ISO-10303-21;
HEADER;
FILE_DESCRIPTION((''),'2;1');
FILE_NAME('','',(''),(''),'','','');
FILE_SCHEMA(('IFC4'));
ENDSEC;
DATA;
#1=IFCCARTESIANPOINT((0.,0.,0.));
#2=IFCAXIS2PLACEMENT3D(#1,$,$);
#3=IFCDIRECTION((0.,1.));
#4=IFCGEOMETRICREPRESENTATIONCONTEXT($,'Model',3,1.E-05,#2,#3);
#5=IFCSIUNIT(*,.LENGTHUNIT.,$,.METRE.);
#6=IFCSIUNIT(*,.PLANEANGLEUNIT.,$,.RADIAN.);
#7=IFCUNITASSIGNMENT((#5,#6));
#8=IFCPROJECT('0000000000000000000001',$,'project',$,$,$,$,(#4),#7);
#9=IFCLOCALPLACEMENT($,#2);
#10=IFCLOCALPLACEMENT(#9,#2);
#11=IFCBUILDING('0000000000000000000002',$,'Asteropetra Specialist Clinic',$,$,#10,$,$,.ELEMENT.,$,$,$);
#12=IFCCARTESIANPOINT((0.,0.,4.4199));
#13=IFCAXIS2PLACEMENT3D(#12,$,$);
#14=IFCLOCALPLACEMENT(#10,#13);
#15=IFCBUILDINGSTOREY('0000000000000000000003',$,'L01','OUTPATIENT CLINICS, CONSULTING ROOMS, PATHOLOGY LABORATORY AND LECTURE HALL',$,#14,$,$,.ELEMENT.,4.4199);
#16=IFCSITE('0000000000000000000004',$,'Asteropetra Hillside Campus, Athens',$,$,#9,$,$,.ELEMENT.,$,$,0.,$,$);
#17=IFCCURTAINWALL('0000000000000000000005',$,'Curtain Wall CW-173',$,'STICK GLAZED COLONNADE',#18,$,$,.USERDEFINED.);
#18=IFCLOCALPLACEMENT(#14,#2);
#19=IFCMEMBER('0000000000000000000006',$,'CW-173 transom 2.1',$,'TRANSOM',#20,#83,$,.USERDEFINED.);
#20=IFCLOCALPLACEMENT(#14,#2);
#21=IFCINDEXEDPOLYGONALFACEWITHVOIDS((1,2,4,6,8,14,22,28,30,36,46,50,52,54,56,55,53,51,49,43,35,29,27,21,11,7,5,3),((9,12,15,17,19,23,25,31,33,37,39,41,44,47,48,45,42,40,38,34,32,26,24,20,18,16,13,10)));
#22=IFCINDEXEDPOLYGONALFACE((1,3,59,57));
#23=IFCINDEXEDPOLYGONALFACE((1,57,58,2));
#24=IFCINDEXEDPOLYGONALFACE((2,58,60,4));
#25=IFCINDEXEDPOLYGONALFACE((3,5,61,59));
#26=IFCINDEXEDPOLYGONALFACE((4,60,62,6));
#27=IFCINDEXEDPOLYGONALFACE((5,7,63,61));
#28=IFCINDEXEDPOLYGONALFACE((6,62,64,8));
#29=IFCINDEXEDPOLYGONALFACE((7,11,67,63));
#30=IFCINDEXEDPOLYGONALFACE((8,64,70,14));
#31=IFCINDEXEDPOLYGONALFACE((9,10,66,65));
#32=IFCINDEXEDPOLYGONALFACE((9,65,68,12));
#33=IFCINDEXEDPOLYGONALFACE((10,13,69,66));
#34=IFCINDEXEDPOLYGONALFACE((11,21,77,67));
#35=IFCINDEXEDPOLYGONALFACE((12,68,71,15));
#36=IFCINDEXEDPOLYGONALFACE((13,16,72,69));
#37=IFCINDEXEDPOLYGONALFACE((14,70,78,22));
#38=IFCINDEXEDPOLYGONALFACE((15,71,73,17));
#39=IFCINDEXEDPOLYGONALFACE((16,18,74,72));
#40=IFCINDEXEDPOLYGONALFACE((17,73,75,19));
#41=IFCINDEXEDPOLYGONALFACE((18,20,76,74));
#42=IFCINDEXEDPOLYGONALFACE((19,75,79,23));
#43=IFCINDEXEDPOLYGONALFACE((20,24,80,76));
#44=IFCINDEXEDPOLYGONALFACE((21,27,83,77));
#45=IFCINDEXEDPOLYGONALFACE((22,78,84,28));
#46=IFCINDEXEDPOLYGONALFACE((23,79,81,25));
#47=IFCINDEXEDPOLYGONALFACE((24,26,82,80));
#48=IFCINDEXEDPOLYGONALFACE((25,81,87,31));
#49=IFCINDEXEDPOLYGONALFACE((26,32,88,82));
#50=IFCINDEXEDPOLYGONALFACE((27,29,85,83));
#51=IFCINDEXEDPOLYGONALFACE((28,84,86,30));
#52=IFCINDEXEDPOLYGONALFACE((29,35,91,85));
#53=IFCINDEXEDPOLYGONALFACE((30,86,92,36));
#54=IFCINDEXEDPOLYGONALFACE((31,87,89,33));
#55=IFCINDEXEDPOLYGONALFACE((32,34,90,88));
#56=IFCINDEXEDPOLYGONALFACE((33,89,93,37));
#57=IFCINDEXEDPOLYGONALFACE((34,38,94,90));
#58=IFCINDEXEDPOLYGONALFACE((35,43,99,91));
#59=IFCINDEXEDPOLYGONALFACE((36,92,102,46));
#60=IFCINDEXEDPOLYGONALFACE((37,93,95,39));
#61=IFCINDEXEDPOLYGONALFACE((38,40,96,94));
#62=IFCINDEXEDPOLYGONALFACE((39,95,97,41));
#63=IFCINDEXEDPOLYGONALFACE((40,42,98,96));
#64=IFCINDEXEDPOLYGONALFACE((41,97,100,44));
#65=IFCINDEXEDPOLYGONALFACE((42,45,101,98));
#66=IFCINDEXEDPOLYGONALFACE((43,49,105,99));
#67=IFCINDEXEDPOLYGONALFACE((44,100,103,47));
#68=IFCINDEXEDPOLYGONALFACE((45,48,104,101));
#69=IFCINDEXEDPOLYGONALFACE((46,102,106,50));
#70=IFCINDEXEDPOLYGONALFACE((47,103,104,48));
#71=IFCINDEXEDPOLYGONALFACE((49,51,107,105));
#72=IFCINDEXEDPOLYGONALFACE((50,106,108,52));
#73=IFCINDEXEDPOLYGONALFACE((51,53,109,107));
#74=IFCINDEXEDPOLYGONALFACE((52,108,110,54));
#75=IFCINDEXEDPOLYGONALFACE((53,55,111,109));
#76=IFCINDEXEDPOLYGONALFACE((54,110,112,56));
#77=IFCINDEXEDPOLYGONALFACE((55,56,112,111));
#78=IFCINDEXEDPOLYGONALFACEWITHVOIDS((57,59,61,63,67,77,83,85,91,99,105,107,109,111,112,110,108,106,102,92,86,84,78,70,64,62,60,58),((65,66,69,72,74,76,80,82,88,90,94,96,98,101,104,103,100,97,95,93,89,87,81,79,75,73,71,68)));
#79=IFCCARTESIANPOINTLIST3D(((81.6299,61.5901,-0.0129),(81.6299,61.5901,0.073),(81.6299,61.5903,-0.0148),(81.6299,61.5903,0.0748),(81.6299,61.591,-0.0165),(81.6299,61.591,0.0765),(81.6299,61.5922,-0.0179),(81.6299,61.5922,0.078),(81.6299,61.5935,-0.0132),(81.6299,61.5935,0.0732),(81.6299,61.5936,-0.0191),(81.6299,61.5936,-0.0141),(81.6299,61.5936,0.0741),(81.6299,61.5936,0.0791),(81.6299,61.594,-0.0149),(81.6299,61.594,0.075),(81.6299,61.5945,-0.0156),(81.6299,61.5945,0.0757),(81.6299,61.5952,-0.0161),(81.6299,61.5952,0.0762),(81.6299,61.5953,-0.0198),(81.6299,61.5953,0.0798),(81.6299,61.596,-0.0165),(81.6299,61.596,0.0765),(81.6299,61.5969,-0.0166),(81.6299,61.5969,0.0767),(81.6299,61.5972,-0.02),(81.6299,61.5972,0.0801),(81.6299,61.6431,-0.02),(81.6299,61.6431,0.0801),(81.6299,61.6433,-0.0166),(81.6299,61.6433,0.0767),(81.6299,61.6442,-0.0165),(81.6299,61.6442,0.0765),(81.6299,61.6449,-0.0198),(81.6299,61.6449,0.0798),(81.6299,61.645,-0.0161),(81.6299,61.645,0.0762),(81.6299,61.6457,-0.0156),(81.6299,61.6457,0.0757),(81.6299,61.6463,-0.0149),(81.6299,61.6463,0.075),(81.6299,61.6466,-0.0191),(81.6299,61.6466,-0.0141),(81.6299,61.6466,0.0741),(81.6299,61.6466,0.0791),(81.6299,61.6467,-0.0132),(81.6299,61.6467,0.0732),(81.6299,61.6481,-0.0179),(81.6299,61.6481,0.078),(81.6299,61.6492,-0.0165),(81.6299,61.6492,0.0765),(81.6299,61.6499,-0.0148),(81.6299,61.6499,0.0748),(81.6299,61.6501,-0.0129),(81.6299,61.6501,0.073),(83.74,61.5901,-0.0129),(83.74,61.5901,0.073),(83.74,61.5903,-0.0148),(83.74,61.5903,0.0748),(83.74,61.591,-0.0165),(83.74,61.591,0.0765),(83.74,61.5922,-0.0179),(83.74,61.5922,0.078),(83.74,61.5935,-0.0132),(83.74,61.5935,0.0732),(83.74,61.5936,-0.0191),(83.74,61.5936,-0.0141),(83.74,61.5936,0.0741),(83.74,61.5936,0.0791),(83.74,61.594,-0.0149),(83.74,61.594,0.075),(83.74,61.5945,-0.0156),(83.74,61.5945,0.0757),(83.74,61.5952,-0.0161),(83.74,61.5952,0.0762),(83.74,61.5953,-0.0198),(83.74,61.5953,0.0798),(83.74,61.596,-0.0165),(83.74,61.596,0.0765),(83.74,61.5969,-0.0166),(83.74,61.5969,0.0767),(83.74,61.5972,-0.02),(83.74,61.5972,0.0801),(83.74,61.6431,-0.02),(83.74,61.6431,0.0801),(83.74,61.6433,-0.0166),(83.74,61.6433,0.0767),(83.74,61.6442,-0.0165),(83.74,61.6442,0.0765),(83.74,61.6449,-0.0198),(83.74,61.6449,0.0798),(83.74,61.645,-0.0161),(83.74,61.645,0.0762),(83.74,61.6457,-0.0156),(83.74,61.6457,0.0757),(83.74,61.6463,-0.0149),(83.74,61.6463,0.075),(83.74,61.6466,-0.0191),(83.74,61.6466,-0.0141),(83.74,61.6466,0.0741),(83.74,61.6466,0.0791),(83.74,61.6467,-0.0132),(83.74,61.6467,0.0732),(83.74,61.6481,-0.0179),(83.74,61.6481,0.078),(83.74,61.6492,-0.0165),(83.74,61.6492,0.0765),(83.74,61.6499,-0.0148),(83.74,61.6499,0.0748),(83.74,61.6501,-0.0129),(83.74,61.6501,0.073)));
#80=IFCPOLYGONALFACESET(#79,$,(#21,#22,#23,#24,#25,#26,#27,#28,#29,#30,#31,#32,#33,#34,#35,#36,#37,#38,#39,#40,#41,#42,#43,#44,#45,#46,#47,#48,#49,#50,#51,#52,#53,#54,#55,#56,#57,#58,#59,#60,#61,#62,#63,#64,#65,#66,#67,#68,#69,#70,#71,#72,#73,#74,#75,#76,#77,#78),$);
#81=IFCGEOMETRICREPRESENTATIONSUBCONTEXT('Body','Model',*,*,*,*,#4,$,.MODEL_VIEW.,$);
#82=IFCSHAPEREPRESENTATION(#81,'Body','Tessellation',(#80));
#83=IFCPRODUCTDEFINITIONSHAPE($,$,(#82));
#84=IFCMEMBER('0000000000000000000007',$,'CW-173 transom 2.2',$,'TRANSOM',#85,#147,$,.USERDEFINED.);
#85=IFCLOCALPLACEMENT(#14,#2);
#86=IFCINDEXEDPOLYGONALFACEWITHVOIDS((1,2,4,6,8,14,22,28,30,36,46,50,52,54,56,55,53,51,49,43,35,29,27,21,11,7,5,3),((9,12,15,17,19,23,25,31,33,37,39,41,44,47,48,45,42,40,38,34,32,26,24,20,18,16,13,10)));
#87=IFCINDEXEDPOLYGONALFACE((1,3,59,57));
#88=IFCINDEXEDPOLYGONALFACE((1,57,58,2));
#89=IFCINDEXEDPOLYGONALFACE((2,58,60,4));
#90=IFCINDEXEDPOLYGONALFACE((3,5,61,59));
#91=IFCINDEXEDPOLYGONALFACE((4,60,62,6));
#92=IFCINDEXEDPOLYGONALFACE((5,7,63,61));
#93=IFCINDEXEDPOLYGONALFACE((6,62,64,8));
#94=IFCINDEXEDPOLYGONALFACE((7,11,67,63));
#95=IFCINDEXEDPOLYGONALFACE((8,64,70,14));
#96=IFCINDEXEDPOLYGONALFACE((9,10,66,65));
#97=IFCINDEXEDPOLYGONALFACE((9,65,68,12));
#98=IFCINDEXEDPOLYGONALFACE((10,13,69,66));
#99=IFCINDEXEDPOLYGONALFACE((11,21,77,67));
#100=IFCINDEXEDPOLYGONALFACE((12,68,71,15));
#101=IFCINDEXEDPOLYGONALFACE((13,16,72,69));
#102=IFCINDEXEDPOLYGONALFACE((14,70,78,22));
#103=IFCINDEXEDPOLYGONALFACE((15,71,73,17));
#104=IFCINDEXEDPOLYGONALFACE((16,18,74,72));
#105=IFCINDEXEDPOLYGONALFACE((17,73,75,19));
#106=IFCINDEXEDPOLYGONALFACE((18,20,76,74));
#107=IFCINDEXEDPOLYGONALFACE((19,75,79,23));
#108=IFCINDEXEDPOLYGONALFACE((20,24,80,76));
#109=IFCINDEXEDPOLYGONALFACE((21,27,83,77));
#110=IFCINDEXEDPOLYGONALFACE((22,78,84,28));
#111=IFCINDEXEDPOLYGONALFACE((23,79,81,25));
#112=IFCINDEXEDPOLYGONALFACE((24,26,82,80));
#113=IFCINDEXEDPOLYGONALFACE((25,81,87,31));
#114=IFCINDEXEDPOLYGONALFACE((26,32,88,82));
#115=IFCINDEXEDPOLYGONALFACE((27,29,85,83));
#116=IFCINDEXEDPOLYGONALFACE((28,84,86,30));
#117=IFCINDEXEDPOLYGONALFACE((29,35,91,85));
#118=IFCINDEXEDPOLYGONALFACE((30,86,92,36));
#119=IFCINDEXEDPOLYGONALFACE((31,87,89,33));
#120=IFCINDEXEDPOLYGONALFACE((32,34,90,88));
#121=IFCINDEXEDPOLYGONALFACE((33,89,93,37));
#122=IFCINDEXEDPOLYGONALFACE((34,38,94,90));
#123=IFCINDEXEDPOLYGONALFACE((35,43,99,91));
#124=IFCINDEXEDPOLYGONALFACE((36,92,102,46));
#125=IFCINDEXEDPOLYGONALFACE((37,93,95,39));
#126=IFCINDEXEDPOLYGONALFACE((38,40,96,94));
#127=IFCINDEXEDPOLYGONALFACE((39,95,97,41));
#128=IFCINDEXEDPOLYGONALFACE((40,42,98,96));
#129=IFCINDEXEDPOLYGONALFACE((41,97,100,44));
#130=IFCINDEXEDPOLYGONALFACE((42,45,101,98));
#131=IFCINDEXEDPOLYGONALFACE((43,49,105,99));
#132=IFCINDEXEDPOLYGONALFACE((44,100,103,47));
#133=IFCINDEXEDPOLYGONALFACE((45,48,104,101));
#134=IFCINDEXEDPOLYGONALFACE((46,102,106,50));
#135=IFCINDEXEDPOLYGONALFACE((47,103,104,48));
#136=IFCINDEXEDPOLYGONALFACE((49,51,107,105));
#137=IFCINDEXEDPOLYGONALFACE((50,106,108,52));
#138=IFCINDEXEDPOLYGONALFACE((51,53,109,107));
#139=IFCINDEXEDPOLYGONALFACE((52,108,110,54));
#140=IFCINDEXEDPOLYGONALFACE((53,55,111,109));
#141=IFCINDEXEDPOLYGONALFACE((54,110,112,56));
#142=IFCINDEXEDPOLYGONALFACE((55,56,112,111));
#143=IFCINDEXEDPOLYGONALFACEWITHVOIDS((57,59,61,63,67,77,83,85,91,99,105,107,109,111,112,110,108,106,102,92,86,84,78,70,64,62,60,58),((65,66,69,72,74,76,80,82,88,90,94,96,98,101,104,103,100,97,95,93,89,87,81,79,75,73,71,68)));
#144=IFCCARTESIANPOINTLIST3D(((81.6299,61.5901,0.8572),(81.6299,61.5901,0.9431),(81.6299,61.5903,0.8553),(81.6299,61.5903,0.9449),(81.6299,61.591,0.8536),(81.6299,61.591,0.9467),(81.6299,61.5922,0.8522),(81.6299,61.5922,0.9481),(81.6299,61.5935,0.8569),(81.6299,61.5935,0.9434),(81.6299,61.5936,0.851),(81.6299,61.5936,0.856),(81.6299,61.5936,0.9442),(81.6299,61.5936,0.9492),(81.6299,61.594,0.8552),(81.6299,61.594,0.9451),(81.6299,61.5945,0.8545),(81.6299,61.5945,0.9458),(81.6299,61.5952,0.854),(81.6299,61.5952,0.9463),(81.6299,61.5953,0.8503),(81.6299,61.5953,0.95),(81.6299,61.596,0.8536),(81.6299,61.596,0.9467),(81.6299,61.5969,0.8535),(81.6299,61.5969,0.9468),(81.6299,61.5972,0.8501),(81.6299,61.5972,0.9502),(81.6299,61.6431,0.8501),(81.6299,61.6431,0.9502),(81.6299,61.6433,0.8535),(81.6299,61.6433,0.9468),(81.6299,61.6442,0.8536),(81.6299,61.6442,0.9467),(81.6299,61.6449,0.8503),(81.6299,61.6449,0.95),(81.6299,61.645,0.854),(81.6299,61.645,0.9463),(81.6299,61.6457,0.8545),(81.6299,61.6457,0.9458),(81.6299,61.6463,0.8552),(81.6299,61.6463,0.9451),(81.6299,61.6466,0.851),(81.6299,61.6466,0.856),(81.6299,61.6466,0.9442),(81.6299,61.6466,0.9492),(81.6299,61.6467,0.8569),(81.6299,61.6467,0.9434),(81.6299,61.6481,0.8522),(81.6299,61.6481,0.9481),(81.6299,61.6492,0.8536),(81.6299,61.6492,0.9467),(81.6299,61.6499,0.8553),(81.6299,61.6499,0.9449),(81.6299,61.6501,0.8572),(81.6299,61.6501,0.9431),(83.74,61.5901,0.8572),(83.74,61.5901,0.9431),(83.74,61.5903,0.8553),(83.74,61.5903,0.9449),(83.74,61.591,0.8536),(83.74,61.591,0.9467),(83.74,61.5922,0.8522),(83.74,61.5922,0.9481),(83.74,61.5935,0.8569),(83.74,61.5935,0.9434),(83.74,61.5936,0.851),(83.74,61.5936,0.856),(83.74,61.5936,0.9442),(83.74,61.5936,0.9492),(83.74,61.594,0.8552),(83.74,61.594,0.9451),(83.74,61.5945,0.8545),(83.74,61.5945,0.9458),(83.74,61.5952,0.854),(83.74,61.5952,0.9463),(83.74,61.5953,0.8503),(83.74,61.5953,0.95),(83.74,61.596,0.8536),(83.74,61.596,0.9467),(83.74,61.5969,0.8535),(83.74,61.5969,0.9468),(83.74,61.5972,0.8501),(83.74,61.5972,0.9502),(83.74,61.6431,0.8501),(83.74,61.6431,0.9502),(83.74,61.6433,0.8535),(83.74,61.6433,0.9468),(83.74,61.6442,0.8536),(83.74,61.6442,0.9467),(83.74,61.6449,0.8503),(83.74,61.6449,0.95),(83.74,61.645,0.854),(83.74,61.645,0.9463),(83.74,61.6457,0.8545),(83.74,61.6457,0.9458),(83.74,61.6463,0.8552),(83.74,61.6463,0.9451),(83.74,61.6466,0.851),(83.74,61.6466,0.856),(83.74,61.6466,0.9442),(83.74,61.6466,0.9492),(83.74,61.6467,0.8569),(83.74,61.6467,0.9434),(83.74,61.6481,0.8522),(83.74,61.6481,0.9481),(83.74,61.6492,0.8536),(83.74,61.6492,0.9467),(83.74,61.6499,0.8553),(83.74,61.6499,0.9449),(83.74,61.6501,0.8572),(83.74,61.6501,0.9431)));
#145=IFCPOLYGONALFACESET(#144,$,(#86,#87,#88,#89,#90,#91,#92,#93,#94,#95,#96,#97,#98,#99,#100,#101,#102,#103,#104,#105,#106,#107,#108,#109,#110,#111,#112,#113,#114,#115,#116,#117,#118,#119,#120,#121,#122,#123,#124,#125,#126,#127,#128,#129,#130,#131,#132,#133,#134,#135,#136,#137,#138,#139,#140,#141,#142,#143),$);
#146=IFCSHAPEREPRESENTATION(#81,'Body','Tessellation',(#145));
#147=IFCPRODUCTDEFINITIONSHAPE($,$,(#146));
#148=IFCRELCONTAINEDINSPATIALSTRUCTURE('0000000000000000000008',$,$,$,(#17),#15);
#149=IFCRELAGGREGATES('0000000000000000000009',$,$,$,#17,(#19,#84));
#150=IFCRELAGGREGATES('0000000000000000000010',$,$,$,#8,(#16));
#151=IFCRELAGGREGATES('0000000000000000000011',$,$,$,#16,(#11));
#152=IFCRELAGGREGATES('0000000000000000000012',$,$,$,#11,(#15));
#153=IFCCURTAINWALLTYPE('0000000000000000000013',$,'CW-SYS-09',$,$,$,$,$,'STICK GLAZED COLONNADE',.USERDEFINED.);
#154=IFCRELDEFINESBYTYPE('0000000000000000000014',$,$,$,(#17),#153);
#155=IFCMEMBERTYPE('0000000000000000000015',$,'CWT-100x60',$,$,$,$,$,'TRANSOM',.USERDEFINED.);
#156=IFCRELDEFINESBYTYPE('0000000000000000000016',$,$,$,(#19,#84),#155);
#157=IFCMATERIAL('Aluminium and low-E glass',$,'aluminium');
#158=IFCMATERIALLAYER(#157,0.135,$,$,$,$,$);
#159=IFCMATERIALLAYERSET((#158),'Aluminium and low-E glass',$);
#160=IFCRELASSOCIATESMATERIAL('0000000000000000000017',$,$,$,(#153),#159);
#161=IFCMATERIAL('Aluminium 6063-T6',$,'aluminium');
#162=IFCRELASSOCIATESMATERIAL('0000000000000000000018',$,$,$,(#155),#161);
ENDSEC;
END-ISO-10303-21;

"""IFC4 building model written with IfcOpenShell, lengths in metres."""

from ifc_helpers import new_model, si_unit, direction, frame, origin, origin_2d, place, context, subcontext, project, spatial, hollow_rectangle, extrude, material, layer, layer_set, material_profile, profile_set, type_object, element, aggregate, save


model = new_model("IFC4")

# Units and contexts
model_context = context("Model", 3, precision=1e-05, world=origin(), true_north=direction((0.0, 1.0)))
body_context = subcontext(model_context, "Body", "Model", "MODEL_VIEW")
ifc_project = project(units=[si_unit("LENGTHUNIT", "METRE"), si_unit("PLANEANGLEUNIT", "RADIAN")], contexts=[model_context])

# Site, building, storey
site_placement = place(None, origin())
site = spatial("IfcSite", under=ifc_project, at=site_placement, Name="Asteropetra Hillside Campus, Athens", CompositionType="ELEMENT", RefElevation=0.0)
building_placement = place(site_placement, origin())
building = spatial("IfcBuilding", under=site, at=building_placement, Name="Asteropetra Specialist Clinic", CompositionType="ELEMENT")
storey_placement = place(building_placement, frame((0.0, 0.0, 4.4199)))
storey = spatial("IfcBuildingStorey", under=building, at=storey_placement, Name="L01", Description="OUTPATIENT CLINICS, CONSULTING ROOMS, PATHOLOGY LABORATORY AND LECTURE HALL", CompositionType="ELEMENT", Elevation=4.4199)

# Curtain wall
ifc_material_1 = material(Name="Aluminium and low-E glass", Category="aluminium")
ifc_layer_1 = layer(ifc_material_1, 0.135)
ifc_layer_set_1 = layer_set([ifc_layer_1], Name="Aluminium and low-E glass")
curtain_wall_type_1 = type_object("IfcCurtainWallType", Name="CW-SYS-09", ElementType="STICK GLAZED COLONNADE", PredefinedType="USERDEFINED", material=ifc_layer_set_1)
curtain_wall_1_placement = place(storey_placement, origin())
curtain_wall_1 = element("IfcCurtainWall", 1, at=curtain_wall_1_placement, inside=storey, type_object=curtain_wall_type_1, Name="Curtain Wall CW-173", ObjectType="STICK GLAZED COLONNADE", PredefinedType="USERDEFINED")

# Members
ifc_material_2 = material(Name="Aluminium 6063-T6", Category="aluminium")
ifc_material_profile_1 = material_profile(ifc_material_2, hollow_rectangle(XDim=0.0601, YDim=0.1001, WallThickness=0.0034, InnerFilletRadius=0.0034, OuterFilletRadius=0.0071, at=origin_2d()), Name="TRN 100x60x3.5")
ifc_profile_set_1 = profile_set([ifc_material_profile_1], Name="Aluminium 6063-T6")
member_type_1 = type_object("IfcMemberType", Name="CWT-100x60", ElementType="TRANSOM", PredefinedType="USERDEFINED", material=ifc_profile_set_1)
member_1_placement = place(storey_placement, frame((83.74, 61.6201, 0.03), z_axis=(-1.0, 0.0, 0.0), x_axis=(0.0, -1.0, 0.0)))
member_1 = element("IfcMember", 2, at=member_1_placement, type_object=member_type_1, Name="CW-173 transom 2.1", ObjectType="TRANSOM", PredefinedType="USERDEFINED", context=body_context, shape_type="SweptSolid", body=[
    extrude(hollow_rectangle(XDim=0.0601, YDim=0.1001, WallThickness=0.0034, InnerFilletRadius=0.0034, OuterFilletRadius=0.0071, at=origin_2d()), origin(), (0.0, 0.0, 1.0), 2.1101),
])
member_2_placement = place(storey_placement, frame((83.74, 61.6201, 0.9001), z_axis=(-1.0, 0.0, 0.0), x_axis=(0.0, -1.0, 0.0)))
member_2 = element("IfcMember", 3, at=member_2_placement, type_object=member_type_1, Name="CW-173 transom 2.2", ObjectType="TRANSOM", PredefinedType="USERDEFINED", context=body_context, shape_type="SweptSolid", body=[
    extrude(hollow_rectangle(XDim=0.0601, YDim=0.1001, WallThickness=0.0034, InnerFilletRadius=0.0034, OuterFilletRadius=0.0071, at=origin_2d()), origin(), (0.0, 0.0, 1.0), 2.1101),
])

aggregate(curtain_wall_1, [member_1, member_2])

save(model, "model.ifc")
